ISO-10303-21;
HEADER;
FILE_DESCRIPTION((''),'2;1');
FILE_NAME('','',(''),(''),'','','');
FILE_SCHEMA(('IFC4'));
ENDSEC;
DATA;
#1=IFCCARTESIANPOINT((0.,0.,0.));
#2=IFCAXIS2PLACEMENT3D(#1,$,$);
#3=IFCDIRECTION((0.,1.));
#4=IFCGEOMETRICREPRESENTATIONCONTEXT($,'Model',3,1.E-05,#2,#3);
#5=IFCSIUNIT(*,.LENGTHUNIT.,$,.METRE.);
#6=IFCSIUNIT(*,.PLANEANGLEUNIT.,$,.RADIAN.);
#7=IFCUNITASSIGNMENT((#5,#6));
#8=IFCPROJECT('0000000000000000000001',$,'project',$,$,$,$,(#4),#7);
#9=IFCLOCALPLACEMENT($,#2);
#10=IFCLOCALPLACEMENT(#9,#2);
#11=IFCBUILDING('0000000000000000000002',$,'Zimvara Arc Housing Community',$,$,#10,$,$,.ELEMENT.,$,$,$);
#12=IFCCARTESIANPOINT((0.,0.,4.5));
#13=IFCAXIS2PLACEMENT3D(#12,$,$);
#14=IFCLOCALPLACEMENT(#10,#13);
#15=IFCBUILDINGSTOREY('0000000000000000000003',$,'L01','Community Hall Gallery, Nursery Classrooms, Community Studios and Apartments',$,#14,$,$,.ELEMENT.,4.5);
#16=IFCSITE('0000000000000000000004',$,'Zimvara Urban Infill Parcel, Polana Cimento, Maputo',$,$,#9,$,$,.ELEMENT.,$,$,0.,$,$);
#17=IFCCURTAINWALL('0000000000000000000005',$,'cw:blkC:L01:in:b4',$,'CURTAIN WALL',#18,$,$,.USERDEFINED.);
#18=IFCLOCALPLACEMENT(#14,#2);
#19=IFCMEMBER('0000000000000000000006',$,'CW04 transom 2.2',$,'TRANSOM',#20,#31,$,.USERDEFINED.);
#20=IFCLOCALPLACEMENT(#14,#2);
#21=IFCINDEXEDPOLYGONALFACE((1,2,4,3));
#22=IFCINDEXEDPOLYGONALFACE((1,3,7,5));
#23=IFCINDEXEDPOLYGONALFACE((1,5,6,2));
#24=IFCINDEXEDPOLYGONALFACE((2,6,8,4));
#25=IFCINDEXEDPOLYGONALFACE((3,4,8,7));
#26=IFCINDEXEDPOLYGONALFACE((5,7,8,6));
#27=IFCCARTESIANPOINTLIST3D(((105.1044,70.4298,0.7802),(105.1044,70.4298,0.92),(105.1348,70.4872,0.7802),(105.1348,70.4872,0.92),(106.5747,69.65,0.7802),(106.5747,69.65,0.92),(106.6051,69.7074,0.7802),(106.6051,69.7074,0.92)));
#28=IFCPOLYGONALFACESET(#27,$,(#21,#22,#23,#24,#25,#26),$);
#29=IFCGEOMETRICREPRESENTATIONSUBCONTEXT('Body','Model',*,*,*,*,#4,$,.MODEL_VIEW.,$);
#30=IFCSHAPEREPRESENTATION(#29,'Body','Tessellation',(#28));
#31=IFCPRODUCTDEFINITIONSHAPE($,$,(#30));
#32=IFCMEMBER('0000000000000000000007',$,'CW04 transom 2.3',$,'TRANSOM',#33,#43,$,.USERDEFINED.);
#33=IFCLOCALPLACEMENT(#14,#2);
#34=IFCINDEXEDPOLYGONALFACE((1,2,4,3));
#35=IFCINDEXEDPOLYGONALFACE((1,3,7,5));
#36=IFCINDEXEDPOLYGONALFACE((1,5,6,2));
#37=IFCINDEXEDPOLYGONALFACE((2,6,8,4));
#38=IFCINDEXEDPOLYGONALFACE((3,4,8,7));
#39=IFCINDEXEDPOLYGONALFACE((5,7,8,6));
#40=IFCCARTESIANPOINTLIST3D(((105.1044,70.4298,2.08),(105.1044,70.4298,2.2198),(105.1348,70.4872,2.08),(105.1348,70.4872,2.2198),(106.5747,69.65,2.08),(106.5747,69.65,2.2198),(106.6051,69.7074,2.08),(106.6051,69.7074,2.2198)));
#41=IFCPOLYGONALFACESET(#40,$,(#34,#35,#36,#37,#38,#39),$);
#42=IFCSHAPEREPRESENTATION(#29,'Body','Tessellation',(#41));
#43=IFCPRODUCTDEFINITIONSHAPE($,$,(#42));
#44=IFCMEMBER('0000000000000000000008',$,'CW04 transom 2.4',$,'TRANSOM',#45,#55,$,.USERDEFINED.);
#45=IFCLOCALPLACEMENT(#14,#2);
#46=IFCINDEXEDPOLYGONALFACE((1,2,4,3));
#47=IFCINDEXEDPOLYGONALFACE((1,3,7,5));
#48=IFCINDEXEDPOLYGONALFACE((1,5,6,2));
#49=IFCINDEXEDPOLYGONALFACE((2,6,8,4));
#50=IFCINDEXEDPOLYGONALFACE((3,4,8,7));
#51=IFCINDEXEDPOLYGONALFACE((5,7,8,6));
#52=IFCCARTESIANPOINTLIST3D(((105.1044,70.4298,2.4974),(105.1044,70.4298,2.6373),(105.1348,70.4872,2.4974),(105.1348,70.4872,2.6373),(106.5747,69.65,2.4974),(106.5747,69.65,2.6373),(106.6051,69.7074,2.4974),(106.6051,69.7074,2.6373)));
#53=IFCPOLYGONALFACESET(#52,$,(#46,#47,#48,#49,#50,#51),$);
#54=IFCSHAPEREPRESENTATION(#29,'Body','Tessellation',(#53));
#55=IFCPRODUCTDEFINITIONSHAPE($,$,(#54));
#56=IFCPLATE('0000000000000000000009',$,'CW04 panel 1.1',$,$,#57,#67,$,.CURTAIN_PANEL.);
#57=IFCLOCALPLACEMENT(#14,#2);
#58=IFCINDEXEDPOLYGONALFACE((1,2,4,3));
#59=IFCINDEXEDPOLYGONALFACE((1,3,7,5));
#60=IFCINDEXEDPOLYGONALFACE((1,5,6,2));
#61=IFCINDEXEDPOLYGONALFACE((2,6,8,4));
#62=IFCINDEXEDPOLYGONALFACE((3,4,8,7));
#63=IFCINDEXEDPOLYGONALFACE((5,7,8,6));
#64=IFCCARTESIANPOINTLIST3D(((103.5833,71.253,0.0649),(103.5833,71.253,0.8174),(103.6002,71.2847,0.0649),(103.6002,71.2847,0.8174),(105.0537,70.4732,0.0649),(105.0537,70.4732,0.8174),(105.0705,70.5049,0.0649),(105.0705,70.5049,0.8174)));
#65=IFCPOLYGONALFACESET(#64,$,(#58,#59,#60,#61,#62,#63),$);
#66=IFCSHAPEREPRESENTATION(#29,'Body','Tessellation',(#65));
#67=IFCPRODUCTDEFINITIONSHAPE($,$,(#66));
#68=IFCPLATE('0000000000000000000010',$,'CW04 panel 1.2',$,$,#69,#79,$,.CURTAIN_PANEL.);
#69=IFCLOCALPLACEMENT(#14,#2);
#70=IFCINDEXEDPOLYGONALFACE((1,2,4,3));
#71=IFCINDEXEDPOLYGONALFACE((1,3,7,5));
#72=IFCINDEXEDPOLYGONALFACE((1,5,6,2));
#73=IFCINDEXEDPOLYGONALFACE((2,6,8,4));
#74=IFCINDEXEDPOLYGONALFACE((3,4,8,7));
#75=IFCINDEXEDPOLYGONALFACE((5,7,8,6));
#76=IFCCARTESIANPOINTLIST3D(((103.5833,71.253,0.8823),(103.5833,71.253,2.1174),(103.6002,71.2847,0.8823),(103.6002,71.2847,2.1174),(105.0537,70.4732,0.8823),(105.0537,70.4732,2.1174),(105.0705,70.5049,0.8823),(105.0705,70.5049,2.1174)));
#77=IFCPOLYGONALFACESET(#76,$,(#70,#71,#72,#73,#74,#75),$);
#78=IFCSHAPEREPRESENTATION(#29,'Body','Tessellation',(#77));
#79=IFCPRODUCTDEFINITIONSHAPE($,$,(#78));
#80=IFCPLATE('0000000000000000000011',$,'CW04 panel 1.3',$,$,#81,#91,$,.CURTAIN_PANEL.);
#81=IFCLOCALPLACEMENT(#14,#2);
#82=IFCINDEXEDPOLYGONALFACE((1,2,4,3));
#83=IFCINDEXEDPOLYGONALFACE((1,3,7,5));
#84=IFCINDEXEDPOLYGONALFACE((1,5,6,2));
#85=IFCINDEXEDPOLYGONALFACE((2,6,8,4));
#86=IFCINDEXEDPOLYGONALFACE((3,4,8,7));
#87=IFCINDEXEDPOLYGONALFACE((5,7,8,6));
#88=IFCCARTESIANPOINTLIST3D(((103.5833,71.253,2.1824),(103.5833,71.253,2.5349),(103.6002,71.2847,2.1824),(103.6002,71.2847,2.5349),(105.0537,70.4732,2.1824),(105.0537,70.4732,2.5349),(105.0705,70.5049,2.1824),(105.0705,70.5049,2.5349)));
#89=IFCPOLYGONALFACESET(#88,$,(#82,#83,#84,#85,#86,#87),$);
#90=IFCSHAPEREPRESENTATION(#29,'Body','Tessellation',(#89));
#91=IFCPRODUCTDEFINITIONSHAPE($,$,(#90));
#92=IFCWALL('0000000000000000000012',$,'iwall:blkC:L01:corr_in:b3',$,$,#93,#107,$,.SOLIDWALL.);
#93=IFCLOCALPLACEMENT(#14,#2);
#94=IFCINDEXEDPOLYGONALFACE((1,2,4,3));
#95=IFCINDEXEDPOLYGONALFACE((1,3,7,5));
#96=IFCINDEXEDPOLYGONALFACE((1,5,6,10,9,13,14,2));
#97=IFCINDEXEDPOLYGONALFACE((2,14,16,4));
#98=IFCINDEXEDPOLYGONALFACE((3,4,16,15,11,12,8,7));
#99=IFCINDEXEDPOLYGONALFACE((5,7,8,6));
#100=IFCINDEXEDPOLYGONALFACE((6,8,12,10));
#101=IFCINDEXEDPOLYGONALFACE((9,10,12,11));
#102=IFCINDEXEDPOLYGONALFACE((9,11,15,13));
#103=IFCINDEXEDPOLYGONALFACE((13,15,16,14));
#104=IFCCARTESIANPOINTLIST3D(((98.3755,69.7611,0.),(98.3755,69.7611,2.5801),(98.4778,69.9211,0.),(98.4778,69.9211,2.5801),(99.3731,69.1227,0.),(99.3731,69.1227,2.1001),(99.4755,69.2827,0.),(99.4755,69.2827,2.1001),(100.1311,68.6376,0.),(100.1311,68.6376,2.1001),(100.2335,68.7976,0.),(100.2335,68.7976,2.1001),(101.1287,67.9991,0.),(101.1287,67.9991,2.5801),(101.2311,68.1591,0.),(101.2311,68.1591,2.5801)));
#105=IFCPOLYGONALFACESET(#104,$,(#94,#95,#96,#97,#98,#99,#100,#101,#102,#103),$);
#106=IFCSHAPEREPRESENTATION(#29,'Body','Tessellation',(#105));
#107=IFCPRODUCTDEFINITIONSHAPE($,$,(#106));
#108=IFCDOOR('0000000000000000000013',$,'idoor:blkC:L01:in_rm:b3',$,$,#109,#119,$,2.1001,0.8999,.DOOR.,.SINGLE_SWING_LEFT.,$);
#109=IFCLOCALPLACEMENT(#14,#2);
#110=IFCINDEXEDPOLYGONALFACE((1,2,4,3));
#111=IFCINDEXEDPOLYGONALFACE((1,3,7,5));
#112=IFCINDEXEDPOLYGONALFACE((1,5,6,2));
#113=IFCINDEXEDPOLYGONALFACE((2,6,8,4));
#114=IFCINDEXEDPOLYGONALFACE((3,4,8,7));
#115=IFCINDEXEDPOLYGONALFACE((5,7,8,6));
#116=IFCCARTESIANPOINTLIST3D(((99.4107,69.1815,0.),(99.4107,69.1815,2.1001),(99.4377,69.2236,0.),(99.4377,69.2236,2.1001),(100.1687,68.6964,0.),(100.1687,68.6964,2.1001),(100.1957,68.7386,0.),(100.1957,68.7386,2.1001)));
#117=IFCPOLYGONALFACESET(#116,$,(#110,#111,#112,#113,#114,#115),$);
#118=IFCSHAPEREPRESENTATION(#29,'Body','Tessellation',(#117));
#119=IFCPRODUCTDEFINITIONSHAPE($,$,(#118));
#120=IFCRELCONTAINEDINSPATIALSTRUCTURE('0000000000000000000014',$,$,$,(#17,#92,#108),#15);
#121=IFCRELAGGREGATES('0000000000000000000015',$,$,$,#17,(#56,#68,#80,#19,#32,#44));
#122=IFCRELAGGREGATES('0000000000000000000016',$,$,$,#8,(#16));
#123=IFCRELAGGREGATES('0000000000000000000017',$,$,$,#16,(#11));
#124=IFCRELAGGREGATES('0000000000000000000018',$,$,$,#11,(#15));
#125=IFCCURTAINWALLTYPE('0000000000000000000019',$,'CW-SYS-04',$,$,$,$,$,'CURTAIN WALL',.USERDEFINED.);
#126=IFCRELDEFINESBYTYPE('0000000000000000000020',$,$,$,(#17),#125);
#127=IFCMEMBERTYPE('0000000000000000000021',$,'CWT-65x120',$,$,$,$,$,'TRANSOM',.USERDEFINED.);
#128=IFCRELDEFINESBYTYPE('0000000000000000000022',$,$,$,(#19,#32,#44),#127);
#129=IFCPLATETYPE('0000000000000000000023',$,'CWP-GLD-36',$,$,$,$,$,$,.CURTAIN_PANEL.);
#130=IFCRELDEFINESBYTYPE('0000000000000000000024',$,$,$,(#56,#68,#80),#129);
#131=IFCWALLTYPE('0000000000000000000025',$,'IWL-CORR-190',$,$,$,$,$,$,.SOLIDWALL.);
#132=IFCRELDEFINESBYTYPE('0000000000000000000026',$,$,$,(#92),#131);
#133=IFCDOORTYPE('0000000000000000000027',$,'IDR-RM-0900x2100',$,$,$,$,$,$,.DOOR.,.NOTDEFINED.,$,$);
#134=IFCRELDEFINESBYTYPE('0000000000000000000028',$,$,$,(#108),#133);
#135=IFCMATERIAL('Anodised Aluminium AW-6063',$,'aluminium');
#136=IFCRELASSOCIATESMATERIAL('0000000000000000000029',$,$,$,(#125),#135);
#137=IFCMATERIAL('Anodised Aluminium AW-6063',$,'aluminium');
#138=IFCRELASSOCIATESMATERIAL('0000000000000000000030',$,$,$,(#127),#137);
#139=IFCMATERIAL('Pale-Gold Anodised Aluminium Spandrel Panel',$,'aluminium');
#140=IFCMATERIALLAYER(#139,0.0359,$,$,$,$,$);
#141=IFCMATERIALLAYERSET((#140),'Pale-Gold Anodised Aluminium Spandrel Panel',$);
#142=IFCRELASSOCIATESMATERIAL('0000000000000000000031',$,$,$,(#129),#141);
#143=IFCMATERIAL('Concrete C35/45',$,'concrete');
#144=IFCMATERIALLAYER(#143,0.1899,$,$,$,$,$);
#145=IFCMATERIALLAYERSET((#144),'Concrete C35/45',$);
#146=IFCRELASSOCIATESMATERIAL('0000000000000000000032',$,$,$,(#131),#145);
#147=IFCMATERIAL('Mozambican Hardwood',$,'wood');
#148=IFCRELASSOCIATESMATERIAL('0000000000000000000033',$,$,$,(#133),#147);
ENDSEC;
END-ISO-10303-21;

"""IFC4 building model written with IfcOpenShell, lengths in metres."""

from ifc_helpers import new_model, si_unit, direction, frame, frame_2d, origin, origin_2d, place, context, subcontext, project, spatial, rectangle, extrude, material, layer, layer_set, material_profile, profile_set, type_object, element, fill, aggregate, save


model = new_model("IFC4")

# Units and contexts
model_context = context("Model", 3, precision=1e-05, world=origin(), true_north=direction((0.0, 1.0)))
body_context = subcontext(model_context, "Body", "Model", "MODEL_VIEW")
ifc_project = project(units=[si_unit("LENGTHUNIT", "METRE"), si_unit("PLANEANGLEUNIT", "RADIAN")], contexts=[model_context])

# Site, building, storey
site_placement = place(None, origin())
site = spatial("IfcSite", under=ifc_project, at=site_placement, Name="Zimvara Urban Infill Parcel, Polana Cimento, Maputo", CompositionType="ELEMENT", RefElevation=0.0)
building_placement = place(site_placement, origin())
building = spatial("IfcBuilding", under=site, at=building_placement, Name="Zimvara Arc Housing Community", CompositionType="ELEMENT")
storey_placement = place(building_placement, frame((0.0, 0.0, 4.5)))
storey = spatial("IfcBuildingStorey", under=building, at=storey_placement, Name="L01", Description="Community Hall Gallery, Nursery Classrooms, Community Studios and Apartments", CompositionType="ELEMENT", Elevation=4.5)

# Curtain wall, members, plates
ifc_material_1 = material(Name="Anodised Aluminium AW-6063", Category="aluminium")
curtain_wall_type = type_object("IfcCurtainWallType", Name="CW-SYS-04", ElementType="CURTAIN WALL", PredefinedType="USERDEFINED", material=ifc_material_1)
curtain_wall_placement = place(storey_placement, origin())
curtain_wall = element("IfcCurtainWall", 1, at=curtain_wall_placement, inside=storey, type_object=curtain_wall_type, Name="cw:blkC:L01:in:b4", ObjectType="CURTAIN WALL", PredefinedType="USERDEFINED")
ifc_material_2 = material(Name="Anodised Aluminium AW-6063", Category="aluminium")
ifc_material_profile_1 = material_profile(ifc_material_2, rectangle(XDim=0.0649, YDim=0.1399, at=origin_2d()), Name="ALU 65x140")
ifc_profile_set_1 = profile_set([ifc_material_profile_1], Name="Anodised Aluminium AW-6063")
member_type_1 = type_object("IfcMemberType", Name="CWT-65x120", ElementType="TRANSOM", PredefinedType="USERDEFINED", material=ifc_profile_set_1)
member_1_placement = place(storey_placement, frame((105.1196, 70.4585, 0.8501), z_axis=(0.883431, -0.468562, 0.0), x_axis=(0.468562, 0.883431, 0.0)))
member_1 = element("IfcMember", 2, at=member_1_placement, type_object=member_type_1, Name="CW04 transom 2.2", ObjectType="TRANSOM", PredefinedType="USERDEFINED", context=body_context, shape_type="SweptSolid", body=[
    extrude(rectangle(XDim=0.0649, YDim=0.1399, at=origin_2d()), origin(), (0.0, 0.0, 1.0), 1.6643),
])
member_2_placement = place(storey_placement, frame((105.1196, 70.4585, 2.1499), z_axis=(0.883431, -0.468562, 0.0), x_axis=(0.468562, 0.883431, 0.0)))
member_2 = element("IfcMember", 3, at=member_2_placement, type_object=member_type_1, Name="CW04 transom 2.3", ObjectType="TRANSOM", PredefinedType="USERDEFINED", context=body_context, shape_type="SweptSolid", body=[
    extrude(rectangle(XDim=0.0649, YDim=0.1399, at=origin_2d()), origin(), (0.0, 0.0, 1.0), 1.6643),
])
member_3_placement = place(storey_placement, frame((105.1196, 70.4585, 2.5674), z_axis=(0.883431, -0.468562, 0.0), x_axis=(0.468562, 0.883431, 0.0)))
member_3 = element("IfcMember", 4, at=member_3_placement, type_object=member_type_1, Name="CW04 transom 2.4", ObjectType="TRANSOM", PredefinedType="USERDEFINED", context=body_context, shape_type="SweptSolid", body=[
    extrude(rectangle(XDim=0.0649, YDim=0.1399, at=origin_2d()), origin(), (0.0, 0.0, 1.0), 1.6643),
])
ifc_material_3 = material(Name="Pale-Gold Anodised Aluminium Spandrel Panel", Category="aluminium")
ifc_layer_1 = layer(ifc_material_3, 0.0359)
ifc_layer_set_1 = layer_set([ifc_layer_1], Name="Pale-Gold Anodised Aluminium Spandrel Panel")
plate_type = type_object("IfcPlateType", Name="CWP-GLD-36", PredefinedType="CURTAIN_PANEL", material=ifc_layer_set_1)
plate_1_placement = place(storey_placement, frame((104.3269, 70.8789, 0.0649), z_axis=(0.0, 0.0, 1.0), x_axis=(0.88344, -0.468545, 0.0)))
plate_1 = element("IfcPlate", 5, at=plate_1_placement, type_object=plate_type, Name="CW04 panel 1.1", PredefinedType="CURTAIN_PANEL", context=body_context, shape_type="SweptSolid", body=[
    extrude(rectangle(XDim=1.6643, YDim=0.0359, at=origin_2d()), origin(), (0.0, 0.0, 1.0), 0.7524),
])
plate_2_placement = place(storey_placement, frame((104.3269, 70.8789, 0.8823), z_axis=(0.0, 0.0, 1.0), x_axis=(0.88344, -0.468545, 0.0)))
plate_2 = element("IfcPlate", 6, at=plate_2_placement, type_object=plate_type, Name="CW04 panel 1.2", PredefinedType="CURTAIN_PANEL", context=body_context, shape_type="SweptSolid", body=[
    extrude(rectangle(XDim=1.6643, YDim=0.0359, at=origin_2d()), origin(), (0.0, 0.0, 1.0), 1.2351),
])
plate_3_placement = place(storey_placement, frame((104.3269, 70.8789, 2.1824), z_axis=(0.0, 0.0, 1.0), x_axis=(0.88344, -0.468545, 0.0)))
plate_3 = element("IfcPlate", 7, at=plate_3_placement, type_object=plate_type, Name="CW04 panel 1.3", PredefinedType="CURTAIN_PANEL", context=body_context, shape_type="SweptSolid", body=[
    extrude(rectangle(XDim=1.6643, YDim=0.0359, at=origin_2d()), origin(), (0.0, 0.0, 1.0), 0.3525),
])
aggregate(curtain_wall, [plate_1, plate_2, plate_3, member_1, member_2, member_3])

# Wall, opening, door
ifc_material_4 = material(Name="Concrete C35/45", Category="concrete")
ifc_layer_2 = layer(ifc_material_4, 0.1899)
ifc_layer_set_2 = layer_set([ifc_layer_2], Name="Concrete C35/45")
wall_type = type_object("IfcWallType", Name="IWL-CORR-190", PredefinedType="SOLIDWALL", material=ifc_layer_set_2)
wall_placement = place(storey_placement, frame((98.4268, 69.8411, 0.0), z_axis=(0.0, 0.0, 1.0), x_axis=(0.842281, -0.539039, 0.0)))
wall = element("IfcWall", 8, at=wall_placement, inside=storey, type_object=wall_type, Name="iwall:blkC:L01:corr_in:b3", PredefinedType="SOLIDWALL", context=body_context, shape_type="SweptSolid", body=[
    extrude(rectangle(XDim=3.2688, YDim=0.1899, at=frame_2d((1.6343, 0.0))), origin(), (0.0, 0.0, 1.0), 2.5801),
])
opening_placement = place(wall_placement, frame((1.1843, 0.0, 0.0)))
opening = element("IfcOpeningElement", 9, at=opening_placement, cuts=wall, PredefinedType="OPENING", context=body_context, shape_type="SweptSolid", body=[
    extrude(rectangle(XDim=0.8999, YDim=2.1001, at=frame_2d((0.45, 1.05))), frame((0.0, 0.105, 0.0), z_axis=(0.0, -1.0, 0.0), x_axis=(1.0, 0.0, 0.0)), (0.0, 0.0, 1.0), 0.21),
])
ifc_material_5 = material(Name="Mozambican Hardwood", Category="wood")
door_type = type_object("IfcDoorType", Name="IDR-RM-0900x2100", OperationType="NOTDEFINED", PredefinedType="DOOR", material=ifc_material_5)
door_placement = place(opening_placement, origin())
door = element("IfcDoor", 10, at=door_placement, inside=storey, type_object=door_type, Name="idoor:blkC:L01:in_rm:b3", OperationType="SINGLE_SWING_LEFT", OverallHeight=2.1001, OverallWidth=0.8999, PredefinedType="DOOR", context=body_context, shape_type="SweptSolid", body=[
    extrude(rectangle(XDim=0.8999, YDim=2.1001, at=frame_2d((0.45, 1.05))), frame((0.0, 0.0249, 0.0), z_axis=(0.0, -1.0, 0.0), x_axis=(1.0, 0.0, 0.0)), (0.0, 0.0, 1.0), 0.05),
])
fill(opening, door)

save(model, "model.ifc")
